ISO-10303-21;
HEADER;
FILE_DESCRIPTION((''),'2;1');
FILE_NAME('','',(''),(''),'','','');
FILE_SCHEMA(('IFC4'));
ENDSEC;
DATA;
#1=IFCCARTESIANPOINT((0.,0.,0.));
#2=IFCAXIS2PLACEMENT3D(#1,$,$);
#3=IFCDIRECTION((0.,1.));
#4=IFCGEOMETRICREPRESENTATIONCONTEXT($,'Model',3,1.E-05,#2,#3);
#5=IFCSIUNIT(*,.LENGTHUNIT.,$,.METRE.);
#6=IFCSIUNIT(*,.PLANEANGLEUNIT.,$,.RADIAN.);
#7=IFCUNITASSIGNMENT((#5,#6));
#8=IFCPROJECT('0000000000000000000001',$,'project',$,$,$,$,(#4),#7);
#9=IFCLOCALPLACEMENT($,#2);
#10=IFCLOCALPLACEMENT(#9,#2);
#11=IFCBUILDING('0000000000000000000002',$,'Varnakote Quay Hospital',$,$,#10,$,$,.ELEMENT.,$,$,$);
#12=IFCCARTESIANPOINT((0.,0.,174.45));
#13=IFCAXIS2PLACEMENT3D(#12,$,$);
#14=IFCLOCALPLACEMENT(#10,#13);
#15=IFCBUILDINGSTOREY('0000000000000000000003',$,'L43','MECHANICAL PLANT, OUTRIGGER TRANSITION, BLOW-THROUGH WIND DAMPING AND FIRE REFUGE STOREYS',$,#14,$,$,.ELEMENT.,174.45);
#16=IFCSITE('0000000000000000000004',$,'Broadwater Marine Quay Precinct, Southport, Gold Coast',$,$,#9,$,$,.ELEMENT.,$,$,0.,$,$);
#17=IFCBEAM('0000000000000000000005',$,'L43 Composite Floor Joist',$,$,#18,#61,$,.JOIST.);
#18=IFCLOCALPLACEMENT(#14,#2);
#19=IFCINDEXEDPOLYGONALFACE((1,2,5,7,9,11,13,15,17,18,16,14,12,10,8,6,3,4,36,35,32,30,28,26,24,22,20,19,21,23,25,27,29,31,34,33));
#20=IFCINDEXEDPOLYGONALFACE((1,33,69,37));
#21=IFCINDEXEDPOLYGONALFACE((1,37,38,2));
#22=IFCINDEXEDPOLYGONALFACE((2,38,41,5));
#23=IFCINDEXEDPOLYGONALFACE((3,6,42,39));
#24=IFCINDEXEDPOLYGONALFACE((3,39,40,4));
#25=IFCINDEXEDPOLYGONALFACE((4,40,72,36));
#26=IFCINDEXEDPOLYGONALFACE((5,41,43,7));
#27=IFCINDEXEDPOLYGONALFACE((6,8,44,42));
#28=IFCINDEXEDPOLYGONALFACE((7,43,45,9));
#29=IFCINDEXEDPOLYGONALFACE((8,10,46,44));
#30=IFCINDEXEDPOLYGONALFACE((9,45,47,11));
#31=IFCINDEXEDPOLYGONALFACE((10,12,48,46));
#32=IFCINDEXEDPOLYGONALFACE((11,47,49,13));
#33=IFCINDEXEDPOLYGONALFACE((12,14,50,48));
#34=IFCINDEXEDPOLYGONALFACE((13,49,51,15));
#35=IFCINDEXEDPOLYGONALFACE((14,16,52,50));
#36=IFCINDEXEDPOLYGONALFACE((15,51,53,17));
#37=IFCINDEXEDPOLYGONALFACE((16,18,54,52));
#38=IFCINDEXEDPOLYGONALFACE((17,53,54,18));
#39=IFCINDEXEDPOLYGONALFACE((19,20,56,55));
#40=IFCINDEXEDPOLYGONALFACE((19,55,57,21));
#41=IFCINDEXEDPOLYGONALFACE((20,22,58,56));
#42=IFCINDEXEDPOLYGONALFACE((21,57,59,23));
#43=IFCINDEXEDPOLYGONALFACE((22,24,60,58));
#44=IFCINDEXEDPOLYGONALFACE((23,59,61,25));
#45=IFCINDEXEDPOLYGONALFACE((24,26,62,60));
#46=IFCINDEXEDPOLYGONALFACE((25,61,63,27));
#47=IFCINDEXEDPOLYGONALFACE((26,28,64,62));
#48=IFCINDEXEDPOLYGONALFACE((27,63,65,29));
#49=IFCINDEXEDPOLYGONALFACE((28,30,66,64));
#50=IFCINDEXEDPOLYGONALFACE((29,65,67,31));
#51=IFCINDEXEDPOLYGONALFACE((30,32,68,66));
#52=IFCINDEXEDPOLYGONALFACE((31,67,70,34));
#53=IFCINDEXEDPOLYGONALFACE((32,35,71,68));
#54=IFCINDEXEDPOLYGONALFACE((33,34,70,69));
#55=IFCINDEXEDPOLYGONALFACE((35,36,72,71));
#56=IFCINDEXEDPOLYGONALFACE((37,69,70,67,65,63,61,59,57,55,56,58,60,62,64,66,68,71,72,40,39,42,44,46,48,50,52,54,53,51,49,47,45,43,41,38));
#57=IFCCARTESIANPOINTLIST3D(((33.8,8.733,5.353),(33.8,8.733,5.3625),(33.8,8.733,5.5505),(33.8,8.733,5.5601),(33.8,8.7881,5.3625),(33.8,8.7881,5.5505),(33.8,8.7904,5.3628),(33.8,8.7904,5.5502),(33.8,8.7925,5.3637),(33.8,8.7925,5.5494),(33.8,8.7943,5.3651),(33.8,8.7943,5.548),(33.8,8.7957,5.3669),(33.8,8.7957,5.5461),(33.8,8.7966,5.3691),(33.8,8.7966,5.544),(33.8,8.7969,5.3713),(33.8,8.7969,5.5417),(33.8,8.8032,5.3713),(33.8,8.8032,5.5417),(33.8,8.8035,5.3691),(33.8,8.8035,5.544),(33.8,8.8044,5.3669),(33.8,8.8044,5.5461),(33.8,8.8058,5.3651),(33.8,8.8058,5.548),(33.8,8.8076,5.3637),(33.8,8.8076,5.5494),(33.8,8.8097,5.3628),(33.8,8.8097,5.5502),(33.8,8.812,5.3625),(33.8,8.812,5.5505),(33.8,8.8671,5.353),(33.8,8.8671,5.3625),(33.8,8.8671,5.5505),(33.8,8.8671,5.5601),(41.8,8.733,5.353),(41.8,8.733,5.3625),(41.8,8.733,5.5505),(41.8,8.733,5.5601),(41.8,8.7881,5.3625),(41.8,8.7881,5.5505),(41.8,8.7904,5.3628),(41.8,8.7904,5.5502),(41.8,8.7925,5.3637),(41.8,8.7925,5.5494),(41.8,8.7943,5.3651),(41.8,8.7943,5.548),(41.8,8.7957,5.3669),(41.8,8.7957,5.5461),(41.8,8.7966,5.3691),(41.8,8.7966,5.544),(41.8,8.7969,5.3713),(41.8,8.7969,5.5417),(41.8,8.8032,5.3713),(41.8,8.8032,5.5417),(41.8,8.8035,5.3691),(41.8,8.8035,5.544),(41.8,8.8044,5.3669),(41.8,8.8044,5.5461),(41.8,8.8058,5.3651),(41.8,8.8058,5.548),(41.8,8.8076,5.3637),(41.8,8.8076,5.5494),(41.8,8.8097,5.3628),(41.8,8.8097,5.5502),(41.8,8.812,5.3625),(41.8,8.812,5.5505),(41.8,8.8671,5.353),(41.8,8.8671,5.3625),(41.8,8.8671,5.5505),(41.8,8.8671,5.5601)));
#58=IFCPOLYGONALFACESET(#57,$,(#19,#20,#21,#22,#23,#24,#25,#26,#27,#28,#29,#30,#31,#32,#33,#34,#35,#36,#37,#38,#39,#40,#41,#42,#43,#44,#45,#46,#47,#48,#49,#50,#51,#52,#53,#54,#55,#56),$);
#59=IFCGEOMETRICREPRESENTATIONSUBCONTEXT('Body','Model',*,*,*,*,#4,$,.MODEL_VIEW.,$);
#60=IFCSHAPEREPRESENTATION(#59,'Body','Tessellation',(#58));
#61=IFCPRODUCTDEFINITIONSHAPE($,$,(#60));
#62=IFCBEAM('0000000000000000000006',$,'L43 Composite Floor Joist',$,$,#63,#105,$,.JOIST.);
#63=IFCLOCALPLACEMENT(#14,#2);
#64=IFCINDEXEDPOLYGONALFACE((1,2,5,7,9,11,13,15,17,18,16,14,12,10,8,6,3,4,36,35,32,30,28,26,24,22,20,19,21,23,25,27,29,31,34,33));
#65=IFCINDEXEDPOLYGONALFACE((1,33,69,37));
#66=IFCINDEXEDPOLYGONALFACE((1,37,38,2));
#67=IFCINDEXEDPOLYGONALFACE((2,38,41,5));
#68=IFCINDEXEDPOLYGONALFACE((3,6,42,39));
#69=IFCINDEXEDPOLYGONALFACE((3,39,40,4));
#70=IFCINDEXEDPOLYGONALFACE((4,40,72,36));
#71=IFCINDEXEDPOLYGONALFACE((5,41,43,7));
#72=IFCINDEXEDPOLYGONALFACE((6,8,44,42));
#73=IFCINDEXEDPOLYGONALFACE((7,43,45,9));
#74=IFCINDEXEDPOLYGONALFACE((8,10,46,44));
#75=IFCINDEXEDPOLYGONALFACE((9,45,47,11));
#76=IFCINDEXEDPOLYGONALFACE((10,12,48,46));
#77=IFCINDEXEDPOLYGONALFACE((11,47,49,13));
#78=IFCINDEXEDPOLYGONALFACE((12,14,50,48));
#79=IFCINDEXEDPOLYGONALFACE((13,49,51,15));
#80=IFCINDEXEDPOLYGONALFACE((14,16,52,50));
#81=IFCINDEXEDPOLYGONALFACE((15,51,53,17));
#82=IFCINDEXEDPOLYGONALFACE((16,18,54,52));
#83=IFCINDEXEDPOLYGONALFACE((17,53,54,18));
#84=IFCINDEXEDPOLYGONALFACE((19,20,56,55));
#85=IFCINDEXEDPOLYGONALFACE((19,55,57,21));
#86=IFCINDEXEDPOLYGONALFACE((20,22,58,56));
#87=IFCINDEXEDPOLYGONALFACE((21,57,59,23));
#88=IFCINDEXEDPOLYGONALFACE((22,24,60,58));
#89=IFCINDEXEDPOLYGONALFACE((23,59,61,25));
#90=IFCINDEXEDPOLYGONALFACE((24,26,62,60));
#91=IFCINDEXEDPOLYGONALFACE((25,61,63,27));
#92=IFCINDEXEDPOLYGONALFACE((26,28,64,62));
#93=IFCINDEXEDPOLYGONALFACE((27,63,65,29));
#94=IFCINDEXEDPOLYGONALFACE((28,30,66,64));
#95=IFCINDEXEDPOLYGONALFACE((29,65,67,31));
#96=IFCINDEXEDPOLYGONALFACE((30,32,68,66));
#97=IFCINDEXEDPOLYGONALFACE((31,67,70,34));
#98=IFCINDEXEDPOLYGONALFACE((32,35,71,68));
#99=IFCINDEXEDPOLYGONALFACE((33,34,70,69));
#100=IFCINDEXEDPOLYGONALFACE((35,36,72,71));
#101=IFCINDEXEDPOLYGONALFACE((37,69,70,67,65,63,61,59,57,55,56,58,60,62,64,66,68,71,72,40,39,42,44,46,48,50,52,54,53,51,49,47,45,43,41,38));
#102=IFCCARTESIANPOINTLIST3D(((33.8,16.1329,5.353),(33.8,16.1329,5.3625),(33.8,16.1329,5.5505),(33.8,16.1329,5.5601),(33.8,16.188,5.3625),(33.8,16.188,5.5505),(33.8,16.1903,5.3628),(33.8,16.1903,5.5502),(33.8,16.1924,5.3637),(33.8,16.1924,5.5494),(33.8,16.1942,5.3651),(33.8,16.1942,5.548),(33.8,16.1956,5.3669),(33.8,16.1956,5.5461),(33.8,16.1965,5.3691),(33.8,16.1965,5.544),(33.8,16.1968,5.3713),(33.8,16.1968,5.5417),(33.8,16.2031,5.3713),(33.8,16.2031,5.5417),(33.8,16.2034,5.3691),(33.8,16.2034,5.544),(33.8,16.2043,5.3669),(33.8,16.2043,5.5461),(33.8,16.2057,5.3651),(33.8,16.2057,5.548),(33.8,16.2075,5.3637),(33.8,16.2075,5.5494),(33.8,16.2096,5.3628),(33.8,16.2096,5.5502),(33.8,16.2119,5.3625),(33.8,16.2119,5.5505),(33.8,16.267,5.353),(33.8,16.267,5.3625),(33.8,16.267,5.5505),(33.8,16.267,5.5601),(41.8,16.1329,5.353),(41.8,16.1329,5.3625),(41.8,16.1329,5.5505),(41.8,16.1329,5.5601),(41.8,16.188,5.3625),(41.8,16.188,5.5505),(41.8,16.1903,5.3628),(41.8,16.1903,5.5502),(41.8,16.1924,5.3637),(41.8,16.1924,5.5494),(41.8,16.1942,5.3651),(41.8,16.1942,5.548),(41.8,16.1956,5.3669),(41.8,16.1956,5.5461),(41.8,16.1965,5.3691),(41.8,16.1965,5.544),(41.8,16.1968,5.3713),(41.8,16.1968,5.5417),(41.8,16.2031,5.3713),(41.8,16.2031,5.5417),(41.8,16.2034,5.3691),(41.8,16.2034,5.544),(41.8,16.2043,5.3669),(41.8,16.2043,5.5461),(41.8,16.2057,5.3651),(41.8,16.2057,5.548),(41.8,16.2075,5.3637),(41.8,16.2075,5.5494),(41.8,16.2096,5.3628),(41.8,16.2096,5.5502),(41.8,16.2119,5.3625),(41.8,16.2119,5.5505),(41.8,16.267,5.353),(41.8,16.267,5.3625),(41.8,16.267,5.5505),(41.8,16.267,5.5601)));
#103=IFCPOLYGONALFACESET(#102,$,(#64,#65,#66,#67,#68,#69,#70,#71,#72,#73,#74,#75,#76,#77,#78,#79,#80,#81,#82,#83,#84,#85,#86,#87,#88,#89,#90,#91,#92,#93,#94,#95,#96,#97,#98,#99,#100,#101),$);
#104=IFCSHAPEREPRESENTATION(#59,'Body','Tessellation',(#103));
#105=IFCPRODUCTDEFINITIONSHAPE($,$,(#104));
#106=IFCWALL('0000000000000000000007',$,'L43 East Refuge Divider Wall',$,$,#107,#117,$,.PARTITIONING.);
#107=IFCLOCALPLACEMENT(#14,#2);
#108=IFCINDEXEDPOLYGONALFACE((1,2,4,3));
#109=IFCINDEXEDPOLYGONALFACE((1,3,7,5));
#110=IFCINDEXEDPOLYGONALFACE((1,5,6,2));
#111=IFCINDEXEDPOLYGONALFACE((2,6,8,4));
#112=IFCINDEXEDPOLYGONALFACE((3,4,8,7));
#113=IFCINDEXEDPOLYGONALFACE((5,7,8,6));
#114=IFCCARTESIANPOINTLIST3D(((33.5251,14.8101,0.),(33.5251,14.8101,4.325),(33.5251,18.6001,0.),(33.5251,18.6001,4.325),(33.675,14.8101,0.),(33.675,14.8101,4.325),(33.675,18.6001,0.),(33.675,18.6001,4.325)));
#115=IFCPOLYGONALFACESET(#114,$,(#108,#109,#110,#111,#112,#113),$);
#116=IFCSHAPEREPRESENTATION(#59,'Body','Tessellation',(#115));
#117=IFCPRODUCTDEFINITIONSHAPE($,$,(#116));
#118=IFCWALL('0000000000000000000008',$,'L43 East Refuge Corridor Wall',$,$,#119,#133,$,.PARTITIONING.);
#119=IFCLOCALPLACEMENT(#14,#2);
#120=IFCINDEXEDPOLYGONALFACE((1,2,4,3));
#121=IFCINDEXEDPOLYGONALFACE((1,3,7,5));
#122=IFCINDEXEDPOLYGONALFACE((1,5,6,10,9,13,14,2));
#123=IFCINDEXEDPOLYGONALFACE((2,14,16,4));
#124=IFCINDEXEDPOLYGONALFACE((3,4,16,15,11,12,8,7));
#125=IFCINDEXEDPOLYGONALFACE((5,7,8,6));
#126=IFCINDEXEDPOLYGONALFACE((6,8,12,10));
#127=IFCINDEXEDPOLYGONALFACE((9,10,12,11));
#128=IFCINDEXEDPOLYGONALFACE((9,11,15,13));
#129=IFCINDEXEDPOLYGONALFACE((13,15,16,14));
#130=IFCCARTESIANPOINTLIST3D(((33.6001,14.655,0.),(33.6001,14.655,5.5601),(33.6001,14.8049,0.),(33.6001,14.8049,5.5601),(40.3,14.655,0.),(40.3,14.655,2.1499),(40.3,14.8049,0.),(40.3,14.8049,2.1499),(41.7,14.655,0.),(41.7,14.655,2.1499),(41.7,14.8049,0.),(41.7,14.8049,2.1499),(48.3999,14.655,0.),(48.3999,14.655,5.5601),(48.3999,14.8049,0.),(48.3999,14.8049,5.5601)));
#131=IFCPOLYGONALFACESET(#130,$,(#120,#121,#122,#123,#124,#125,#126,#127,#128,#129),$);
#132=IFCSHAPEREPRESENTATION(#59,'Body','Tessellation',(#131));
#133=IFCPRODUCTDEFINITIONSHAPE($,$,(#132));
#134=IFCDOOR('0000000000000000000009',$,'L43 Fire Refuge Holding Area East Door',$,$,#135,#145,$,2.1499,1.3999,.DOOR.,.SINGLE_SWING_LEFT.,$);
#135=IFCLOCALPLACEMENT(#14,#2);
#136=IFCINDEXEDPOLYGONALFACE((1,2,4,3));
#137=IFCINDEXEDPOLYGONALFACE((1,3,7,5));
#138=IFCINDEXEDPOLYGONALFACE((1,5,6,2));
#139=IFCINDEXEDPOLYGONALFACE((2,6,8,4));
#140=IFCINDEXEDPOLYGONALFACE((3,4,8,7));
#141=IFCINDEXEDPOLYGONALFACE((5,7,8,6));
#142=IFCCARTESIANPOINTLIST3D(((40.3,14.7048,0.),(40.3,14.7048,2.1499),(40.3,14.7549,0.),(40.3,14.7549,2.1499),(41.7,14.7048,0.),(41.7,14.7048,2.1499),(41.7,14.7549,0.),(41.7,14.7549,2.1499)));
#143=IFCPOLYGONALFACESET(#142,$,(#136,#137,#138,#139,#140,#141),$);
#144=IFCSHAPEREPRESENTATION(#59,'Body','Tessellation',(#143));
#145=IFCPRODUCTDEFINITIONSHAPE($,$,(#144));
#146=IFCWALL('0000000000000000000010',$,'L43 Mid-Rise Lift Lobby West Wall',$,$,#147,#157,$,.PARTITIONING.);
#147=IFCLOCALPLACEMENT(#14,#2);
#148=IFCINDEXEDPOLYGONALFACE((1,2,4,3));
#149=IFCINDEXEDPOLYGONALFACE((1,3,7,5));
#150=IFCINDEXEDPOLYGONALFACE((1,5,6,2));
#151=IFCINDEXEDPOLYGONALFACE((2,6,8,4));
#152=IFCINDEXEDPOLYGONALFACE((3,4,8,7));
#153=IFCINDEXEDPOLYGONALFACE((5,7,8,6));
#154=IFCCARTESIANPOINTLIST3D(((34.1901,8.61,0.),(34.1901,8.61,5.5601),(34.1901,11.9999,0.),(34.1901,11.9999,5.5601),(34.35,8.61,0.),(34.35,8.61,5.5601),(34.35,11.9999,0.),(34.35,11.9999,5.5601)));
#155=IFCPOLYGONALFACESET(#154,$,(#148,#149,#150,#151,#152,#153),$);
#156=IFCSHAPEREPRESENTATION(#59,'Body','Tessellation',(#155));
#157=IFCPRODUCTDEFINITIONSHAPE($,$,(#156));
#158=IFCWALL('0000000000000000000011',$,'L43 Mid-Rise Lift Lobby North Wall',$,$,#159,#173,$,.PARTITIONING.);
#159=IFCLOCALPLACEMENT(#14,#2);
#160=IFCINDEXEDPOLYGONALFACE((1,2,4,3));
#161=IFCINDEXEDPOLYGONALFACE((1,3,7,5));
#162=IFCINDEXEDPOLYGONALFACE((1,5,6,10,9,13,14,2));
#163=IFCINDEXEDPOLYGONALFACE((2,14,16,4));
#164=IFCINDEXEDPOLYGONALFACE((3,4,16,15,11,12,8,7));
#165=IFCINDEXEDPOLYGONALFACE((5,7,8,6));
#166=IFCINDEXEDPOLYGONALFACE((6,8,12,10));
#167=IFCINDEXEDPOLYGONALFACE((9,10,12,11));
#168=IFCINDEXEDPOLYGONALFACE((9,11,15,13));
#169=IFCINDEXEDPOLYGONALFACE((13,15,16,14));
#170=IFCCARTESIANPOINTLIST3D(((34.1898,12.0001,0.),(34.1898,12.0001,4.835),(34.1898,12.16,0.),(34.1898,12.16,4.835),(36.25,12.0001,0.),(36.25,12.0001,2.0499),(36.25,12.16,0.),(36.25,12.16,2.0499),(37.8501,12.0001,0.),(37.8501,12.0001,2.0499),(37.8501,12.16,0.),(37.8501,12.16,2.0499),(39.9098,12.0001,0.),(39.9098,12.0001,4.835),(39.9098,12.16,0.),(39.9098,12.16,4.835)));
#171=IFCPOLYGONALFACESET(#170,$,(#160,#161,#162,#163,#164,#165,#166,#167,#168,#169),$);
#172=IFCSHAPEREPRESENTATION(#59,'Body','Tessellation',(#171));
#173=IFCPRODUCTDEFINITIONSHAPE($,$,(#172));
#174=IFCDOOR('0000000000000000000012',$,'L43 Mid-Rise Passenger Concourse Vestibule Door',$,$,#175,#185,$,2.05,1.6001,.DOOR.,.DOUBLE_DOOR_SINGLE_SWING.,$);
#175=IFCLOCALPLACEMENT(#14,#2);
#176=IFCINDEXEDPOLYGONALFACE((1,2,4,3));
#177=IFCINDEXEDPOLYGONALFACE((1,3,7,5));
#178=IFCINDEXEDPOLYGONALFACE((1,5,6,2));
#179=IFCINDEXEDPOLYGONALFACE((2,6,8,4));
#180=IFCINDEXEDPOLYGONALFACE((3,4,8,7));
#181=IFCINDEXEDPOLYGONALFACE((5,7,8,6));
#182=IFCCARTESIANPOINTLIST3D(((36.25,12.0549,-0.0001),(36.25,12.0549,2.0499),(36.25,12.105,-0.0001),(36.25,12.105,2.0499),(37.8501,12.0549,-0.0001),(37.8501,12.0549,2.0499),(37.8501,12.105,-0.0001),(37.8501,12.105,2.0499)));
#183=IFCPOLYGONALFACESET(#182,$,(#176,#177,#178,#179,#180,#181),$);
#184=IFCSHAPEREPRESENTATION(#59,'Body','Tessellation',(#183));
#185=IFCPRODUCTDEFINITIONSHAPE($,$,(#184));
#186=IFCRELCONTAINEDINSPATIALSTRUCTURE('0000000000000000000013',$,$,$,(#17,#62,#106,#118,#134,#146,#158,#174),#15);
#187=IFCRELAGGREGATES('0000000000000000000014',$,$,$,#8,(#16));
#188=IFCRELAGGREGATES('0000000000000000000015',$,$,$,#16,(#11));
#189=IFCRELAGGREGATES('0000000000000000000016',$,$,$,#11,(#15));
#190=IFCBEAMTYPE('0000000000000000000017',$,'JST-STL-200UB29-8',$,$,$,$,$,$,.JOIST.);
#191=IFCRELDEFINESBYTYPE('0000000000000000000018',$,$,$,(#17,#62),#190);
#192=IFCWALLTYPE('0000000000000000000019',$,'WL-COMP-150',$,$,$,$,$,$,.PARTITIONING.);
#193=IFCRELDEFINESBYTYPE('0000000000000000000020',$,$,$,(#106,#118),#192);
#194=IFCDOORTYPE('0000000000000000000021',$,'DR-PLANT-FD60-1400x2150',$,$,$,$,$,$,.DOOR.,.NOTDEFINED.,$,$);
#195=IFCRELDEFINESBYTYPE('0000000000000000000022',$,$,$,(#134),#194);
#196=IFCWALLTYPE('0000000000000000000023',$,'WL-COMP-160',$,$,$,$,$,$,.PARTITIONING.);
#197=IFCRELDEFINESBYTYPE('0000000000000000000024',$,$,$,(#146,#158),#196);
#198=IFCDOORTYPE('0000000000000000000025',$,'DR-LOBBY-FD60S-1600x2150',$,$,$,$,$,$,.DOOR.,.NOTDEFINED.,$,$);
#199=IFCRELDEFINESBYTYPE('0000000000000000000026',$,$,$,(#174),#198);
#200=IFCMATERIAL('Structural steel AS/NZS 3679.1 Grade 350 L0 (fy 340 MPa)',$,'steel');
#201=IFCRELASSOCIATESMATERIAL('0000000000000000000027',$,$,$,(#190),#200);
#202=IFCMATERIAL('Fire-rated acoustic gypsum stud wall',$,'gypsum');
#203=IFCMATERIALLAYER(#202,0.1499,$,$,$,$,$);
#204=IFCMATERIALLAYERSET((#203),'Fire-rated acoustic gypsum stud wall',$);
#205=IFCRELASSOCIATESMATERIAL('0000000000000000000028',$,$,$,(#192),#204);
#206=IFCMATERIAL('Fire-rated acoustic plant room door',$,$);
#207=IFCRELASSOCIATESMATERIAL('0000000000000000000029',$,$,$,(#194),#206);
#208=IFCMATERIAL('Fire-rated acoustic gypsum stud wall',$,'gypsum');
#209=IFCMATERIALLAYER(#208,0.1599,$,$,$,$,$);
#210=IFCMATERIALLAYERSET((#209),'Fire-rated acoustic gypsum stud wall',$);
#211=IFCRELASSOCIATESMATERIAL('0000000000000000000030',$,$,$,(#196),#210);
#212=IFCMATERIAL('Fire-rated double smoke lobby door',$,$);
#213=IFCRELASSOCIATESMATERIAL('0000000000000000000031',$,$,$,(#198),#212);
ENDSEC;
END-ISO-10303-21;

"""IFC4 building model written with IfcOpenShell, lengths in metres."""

from ifc_helpers import new_model, si_unit, direction, frame, frame_2d, origin, origin_2d, place, context, subcontext, project, spatial, rectangle, i_section, extrude, material, layer, layer_set, material_profile, profile_set, type_object, element, fill, save


model = new_model("IFC4")

# Units and contexts
model_context = context("Model", 3, precision=1e-05, world=origin(), true_north=direction((0.0, 1.0)))
body_context = subcontext(model_context, "Body", "Model", "MODEL_VIEW")
ifc_project = project(units=[si_unit("LENGTHUNIT", "METRE"), si_unit("PLANEANGLEUNIT", "RADIAN")], contexts=[model_context])

# Site, building, storey
site_placement = place(None, origin())
site = spatial("IfcSite", under=ifc_project, at=site_placement, Name="Broadwater Marine Quay Precinct, Southport, Gold Coast", CompositionType="ELEMENT", RefElevation=0.0)
building_placement = place(site_placement, origin())
building = spatial("IfcBuilding", under=site, at=building_placement, Name="Varnakote Quay Hospital", CompositionType="ELEMENT")
storey_placement = place(building_placement, frame((0.0, 0.0, 174.45)))
storey = spatial("IfcBuildingStorey", under=building, at=storey_placement, Name="L43", Description="MECHANICAL PLANT, OUTRIGGER TRANSITION, BLOW-THROUGH WIND DAMPING AND FIRE REFUGE STOREYS", CompositionType="ELEMENT", Elevation=174.45)

# Beams
ifc_material_1 = material(Name="Structural steel AS/NZS 3679.1 Grade 350 L0 (fy 340 MPa)", Category="steel")
ifc_material_profile_1 = material_profile(ifc_material_1, i_section(OverallWidth=0.134, OverallDepth=0.207, WebThickness=0.0063, FlangeThickness=0.0095, FilletRadius=0.0088, at=origin_2d()), Name="200UB29.8")
ifc_profile_set_1 = profile_set([ifc_material_profile_1], Name="Structural steel AS/NZS 3679.1 Grade 350 L0 (fy 340 MPa)")
beam_type_1 = type_object("IfcBeamType", Name="JST-STL-200UB29-8", PredefinedType="JOIST", material=ifc_profile_set_1)
for number, where, z_axis, x_axis, name in (
    (1, (33.8, 8.8, 5.4565), (1.0, 0.0, 0.0), (0.0, 1.0, 0.0), "L43 Composite Floor Joist"),
    (2, (33.8, 16.2, 5.4565), (1.0, 0.0, 0.0), (0.0, 1.0, 0.0), "L43 Composite Floor Joist"),
):
    element("IfcBeam", number, at=place(storey_placement, frame(where, z_axis=z_axis, x_axis=x_axis)), inside=storey, type_object=beam_type_1, Name=name, PredefinedType="JOIST", context=body_context, shape_type="SweptSolid", body=[
        extrude(i_section(OverallWidth=0.134, OverallDepth=0.207, WebThickness=0.0063, FlangeThickness=0.0095, FilletRadius=0.0088, at=origin_2d()), origin(), (0.0, 0.0, 1.0), 8.0),
    ])

# Wall
ifc_material_2 = material(Name="Fire-rated acoustic gypsum stud wall", Category="gypsum")
ifc_layer_1 = layer(ifc_material_2, 0.1499)
ifc_layer_set_1 = layer_set([ifc_layer_1], Name="Fire-rated acoustic gypsum stud wall")
wall_type_1 = type_object("IfcWallType", Name="WL-COMP-150", PredefinedType="PARTITIONING", material=ifc_layer_set_1)
wall_1_placement = place(storey_placement, frame((33.6001, 14.8101, 0.0), z_axis=(0.0, 0.0, 1.0), x_axis=(0.0, 1.0, 0.0)))
element("IfcWall", 3, at=wall_1_placement, inside=storey, type_object=wall_type_1, Name="L43 East Refuge Divider Wall", PredefinedType="PARTITIONING", context=body_context, shape_type="SweptSolid", body=[
    extrude(rectangle(XDim=3.79, YDim=0.1499, at=frame_2d((1.895, 0.0))), origin(), (0.0, 0.0, 1.0), 4.325),
])

# Wall, opening, door
wall_2_placement = place(storey_placement, frame((33.6001, 14.73, 0.0), z_axis=(0.0, 0.0, 1.0), x_axis=(1.0, 0.0, 0.0)))
wall_2 = element("IfcWall", 4, at=wall_2_placement, inside=storey, type_object=wall_type_1, Name="L43 East Refuge Corridor Wall", PredefinedType="PARTITIONING", context=body_context, shape_type="SweptSolid", body=[
    extrude(rectangle(XDim=14.7998, YDim=0.1499, at=frame_2d((7.3999, 0.0))), origin(), (0.0, 0.0, 1.0), 5.5601),
])
opening_1_placement = place(wall_2_placement, frame((6.7, 0.0, 0.0)))
opening_1 = element("IfcOpeningElement", 5, at=opening_1_placement, cuts=wall_2, PredefinedType="OPENING", context=body_context, shape_type="SweptSolid", body=[
    extrude(rectangle(XDim=1.3999, YDim=2.1499, at=frame_2d((0.7, 1.075))), frame((0.0, 0.085, 0.0), z_axis=(0.0, -1.0, 0.0), x_axis=(1.0, 0.0, 0.0)), (0.0, 0.0, 1.0), 0.1699),
])
ifc_material_3 = material(Name="Fire-rated acoustic plant room door")
door_type_1 = type_object("IfcDoorType", Name="DR-PLANT-FD60-1400x2150", OperationType="NOTDEFINED", PredefinedType="DOOR", material=ifc_material_3)
door_1_placement = place(opening_1_placement, origin())
door_1 = element("IfcDoor", 6, at=door_1_placement, inside=storey, type_object=door_type_1, Name="L43 Fire Refuge Holding Area East Door", OperationType="SINGLE_SWING_LEFT", OverallHeight=2.1499, OverallWidth=1.3999, PredefinedType="DOOR", context=body_context, shape_type="SweptSolid", body=[
    extrude(rectangle(XDim=1.3999, YDim=2.1499, at=frame_2d((0.7, 1.075))), frame((0.0, 0.0249, 0.0), z_axis=(0.0, -1.0, 0.0), x_axis=(1.0, 0.0, 0.0)), (0.0, 0.0, 1.0), 0.05),
])
fill(opening_1, door_1)

# Wall
ifc_material_4 = material(Name="Fire-rated acoustic gypsum stud wall", Category="gypsum")
ifc_layer_2 = layer(ifc_material_4, 0.1599)
ifc_layer_set_2 = layer_set([ifc_layer_2], Name="Fire-rated acoustic gypsum stud wall")
wall_type_2 = type_object("IfcWallType", Name="WL-COMP-160", PredefinedType="PARTITIONING", material=ifc_layer_set_2)
wall_3_placement = place(storey_placement, frame((34.27, 8.6101, 0.0), z_axis=(0.0, 0.0, 1.0), x_axis=(0.0, 1.0, 0.0)))
element("IfcWall", 7, at=wall_3_placement, inside=storey, type_object=wall_type_2, Name="L43 Mid-Rise Lift Lobby West Wall", PredefinedType="PARTITIONING", context=body_context, shape_type="SweptSolid", body=[
    extrude(rectangle(XDim=3.3899, YDim=0.1599, at=frame_2d((1.6948, 0.0))), origin(), (0.0, 0.0, 1.0), 5.5601),
])

# Wall, opening, door
wall_4_placement = place(storey_placement, frame((34.1899, 12.0801, 0.0), z_axis=(0.0, 0.0, 1.0), x_axis=(1.0, 0.0, 0.0)))
wall_4 = element("IfcWall", 8, at=wall_4_placement, inside=storey, type_object=wall_type_2, Name="L43 Mid-Rise Lift Lobby North Wall", PredefinedType="PARTITIONING", context=body_context, shape_type="SweptSolid", body=[
    extrude(rectangle(XDim=5.72, YDim=0.1599, at=frame_2d((2.8599, 0.0))), origin(), (0.0, 0.0, 1.0), 4.835),
])
opening_2_placement = place(wall_4_placement, frame((2.0601, 0.0, 0.0)))
opening_2 = element("IfcOpeningElement", 9, at=opening_2_placement, cuts=wall_4, PredefinedType="OPENING", context=body_context, shape_type="SweptSolid", body=[
    extrude(rectangle(XDim=1.6001, YDim=2.05, at=frame_2d((0.8, 1.0249))), frame((0.0, 0.0898, 0.0), z_axis=(0.0, -1.0, 0.0), x_axis=(1.0, 0.0, 0.0)), (0.0, 0.0, 1.0), 0.1799),
])
ifc_material_5 = material(Name="Fire-rated double smoke lobby door")
door_type_2 = type_object("IfcDoorType", Name="DR-LOBBY-FD60S-1600x2150", OperationType="NOTDEFINED", PredefinedType="DOOR", material=ifc_material_5)
door_2_placement = place(opening_2_placement, origin())
door_2 = element("IfcDoor", 10, at=door_2_placement, inside=storey, type_object=door_type_2, Name="L43 Mid-Rise Passenger Concourse Vestibule Door", OperationType="DOUBLE_DOOR_SINGLE_SWING", OverallHeight=2.05, OverallWidth=1.6001, PredefinedType="DOOR", context=body_context, shape_type="SweptSolid", body=[
    extrude(rectangle(XDim=1.6001, YDim=2.05, at=frame_2d((0.8, 1.0249))), frame((0.0, 0.0249, 0.0), z_axis=(0.0, -1.0, 0.0), x_axis=(1.0, 0.0, 0.0)), (0.0, 0.0, 1.0), 0.05),
])
fill(opening_2, door_2)

save(model, "model.ifc")
